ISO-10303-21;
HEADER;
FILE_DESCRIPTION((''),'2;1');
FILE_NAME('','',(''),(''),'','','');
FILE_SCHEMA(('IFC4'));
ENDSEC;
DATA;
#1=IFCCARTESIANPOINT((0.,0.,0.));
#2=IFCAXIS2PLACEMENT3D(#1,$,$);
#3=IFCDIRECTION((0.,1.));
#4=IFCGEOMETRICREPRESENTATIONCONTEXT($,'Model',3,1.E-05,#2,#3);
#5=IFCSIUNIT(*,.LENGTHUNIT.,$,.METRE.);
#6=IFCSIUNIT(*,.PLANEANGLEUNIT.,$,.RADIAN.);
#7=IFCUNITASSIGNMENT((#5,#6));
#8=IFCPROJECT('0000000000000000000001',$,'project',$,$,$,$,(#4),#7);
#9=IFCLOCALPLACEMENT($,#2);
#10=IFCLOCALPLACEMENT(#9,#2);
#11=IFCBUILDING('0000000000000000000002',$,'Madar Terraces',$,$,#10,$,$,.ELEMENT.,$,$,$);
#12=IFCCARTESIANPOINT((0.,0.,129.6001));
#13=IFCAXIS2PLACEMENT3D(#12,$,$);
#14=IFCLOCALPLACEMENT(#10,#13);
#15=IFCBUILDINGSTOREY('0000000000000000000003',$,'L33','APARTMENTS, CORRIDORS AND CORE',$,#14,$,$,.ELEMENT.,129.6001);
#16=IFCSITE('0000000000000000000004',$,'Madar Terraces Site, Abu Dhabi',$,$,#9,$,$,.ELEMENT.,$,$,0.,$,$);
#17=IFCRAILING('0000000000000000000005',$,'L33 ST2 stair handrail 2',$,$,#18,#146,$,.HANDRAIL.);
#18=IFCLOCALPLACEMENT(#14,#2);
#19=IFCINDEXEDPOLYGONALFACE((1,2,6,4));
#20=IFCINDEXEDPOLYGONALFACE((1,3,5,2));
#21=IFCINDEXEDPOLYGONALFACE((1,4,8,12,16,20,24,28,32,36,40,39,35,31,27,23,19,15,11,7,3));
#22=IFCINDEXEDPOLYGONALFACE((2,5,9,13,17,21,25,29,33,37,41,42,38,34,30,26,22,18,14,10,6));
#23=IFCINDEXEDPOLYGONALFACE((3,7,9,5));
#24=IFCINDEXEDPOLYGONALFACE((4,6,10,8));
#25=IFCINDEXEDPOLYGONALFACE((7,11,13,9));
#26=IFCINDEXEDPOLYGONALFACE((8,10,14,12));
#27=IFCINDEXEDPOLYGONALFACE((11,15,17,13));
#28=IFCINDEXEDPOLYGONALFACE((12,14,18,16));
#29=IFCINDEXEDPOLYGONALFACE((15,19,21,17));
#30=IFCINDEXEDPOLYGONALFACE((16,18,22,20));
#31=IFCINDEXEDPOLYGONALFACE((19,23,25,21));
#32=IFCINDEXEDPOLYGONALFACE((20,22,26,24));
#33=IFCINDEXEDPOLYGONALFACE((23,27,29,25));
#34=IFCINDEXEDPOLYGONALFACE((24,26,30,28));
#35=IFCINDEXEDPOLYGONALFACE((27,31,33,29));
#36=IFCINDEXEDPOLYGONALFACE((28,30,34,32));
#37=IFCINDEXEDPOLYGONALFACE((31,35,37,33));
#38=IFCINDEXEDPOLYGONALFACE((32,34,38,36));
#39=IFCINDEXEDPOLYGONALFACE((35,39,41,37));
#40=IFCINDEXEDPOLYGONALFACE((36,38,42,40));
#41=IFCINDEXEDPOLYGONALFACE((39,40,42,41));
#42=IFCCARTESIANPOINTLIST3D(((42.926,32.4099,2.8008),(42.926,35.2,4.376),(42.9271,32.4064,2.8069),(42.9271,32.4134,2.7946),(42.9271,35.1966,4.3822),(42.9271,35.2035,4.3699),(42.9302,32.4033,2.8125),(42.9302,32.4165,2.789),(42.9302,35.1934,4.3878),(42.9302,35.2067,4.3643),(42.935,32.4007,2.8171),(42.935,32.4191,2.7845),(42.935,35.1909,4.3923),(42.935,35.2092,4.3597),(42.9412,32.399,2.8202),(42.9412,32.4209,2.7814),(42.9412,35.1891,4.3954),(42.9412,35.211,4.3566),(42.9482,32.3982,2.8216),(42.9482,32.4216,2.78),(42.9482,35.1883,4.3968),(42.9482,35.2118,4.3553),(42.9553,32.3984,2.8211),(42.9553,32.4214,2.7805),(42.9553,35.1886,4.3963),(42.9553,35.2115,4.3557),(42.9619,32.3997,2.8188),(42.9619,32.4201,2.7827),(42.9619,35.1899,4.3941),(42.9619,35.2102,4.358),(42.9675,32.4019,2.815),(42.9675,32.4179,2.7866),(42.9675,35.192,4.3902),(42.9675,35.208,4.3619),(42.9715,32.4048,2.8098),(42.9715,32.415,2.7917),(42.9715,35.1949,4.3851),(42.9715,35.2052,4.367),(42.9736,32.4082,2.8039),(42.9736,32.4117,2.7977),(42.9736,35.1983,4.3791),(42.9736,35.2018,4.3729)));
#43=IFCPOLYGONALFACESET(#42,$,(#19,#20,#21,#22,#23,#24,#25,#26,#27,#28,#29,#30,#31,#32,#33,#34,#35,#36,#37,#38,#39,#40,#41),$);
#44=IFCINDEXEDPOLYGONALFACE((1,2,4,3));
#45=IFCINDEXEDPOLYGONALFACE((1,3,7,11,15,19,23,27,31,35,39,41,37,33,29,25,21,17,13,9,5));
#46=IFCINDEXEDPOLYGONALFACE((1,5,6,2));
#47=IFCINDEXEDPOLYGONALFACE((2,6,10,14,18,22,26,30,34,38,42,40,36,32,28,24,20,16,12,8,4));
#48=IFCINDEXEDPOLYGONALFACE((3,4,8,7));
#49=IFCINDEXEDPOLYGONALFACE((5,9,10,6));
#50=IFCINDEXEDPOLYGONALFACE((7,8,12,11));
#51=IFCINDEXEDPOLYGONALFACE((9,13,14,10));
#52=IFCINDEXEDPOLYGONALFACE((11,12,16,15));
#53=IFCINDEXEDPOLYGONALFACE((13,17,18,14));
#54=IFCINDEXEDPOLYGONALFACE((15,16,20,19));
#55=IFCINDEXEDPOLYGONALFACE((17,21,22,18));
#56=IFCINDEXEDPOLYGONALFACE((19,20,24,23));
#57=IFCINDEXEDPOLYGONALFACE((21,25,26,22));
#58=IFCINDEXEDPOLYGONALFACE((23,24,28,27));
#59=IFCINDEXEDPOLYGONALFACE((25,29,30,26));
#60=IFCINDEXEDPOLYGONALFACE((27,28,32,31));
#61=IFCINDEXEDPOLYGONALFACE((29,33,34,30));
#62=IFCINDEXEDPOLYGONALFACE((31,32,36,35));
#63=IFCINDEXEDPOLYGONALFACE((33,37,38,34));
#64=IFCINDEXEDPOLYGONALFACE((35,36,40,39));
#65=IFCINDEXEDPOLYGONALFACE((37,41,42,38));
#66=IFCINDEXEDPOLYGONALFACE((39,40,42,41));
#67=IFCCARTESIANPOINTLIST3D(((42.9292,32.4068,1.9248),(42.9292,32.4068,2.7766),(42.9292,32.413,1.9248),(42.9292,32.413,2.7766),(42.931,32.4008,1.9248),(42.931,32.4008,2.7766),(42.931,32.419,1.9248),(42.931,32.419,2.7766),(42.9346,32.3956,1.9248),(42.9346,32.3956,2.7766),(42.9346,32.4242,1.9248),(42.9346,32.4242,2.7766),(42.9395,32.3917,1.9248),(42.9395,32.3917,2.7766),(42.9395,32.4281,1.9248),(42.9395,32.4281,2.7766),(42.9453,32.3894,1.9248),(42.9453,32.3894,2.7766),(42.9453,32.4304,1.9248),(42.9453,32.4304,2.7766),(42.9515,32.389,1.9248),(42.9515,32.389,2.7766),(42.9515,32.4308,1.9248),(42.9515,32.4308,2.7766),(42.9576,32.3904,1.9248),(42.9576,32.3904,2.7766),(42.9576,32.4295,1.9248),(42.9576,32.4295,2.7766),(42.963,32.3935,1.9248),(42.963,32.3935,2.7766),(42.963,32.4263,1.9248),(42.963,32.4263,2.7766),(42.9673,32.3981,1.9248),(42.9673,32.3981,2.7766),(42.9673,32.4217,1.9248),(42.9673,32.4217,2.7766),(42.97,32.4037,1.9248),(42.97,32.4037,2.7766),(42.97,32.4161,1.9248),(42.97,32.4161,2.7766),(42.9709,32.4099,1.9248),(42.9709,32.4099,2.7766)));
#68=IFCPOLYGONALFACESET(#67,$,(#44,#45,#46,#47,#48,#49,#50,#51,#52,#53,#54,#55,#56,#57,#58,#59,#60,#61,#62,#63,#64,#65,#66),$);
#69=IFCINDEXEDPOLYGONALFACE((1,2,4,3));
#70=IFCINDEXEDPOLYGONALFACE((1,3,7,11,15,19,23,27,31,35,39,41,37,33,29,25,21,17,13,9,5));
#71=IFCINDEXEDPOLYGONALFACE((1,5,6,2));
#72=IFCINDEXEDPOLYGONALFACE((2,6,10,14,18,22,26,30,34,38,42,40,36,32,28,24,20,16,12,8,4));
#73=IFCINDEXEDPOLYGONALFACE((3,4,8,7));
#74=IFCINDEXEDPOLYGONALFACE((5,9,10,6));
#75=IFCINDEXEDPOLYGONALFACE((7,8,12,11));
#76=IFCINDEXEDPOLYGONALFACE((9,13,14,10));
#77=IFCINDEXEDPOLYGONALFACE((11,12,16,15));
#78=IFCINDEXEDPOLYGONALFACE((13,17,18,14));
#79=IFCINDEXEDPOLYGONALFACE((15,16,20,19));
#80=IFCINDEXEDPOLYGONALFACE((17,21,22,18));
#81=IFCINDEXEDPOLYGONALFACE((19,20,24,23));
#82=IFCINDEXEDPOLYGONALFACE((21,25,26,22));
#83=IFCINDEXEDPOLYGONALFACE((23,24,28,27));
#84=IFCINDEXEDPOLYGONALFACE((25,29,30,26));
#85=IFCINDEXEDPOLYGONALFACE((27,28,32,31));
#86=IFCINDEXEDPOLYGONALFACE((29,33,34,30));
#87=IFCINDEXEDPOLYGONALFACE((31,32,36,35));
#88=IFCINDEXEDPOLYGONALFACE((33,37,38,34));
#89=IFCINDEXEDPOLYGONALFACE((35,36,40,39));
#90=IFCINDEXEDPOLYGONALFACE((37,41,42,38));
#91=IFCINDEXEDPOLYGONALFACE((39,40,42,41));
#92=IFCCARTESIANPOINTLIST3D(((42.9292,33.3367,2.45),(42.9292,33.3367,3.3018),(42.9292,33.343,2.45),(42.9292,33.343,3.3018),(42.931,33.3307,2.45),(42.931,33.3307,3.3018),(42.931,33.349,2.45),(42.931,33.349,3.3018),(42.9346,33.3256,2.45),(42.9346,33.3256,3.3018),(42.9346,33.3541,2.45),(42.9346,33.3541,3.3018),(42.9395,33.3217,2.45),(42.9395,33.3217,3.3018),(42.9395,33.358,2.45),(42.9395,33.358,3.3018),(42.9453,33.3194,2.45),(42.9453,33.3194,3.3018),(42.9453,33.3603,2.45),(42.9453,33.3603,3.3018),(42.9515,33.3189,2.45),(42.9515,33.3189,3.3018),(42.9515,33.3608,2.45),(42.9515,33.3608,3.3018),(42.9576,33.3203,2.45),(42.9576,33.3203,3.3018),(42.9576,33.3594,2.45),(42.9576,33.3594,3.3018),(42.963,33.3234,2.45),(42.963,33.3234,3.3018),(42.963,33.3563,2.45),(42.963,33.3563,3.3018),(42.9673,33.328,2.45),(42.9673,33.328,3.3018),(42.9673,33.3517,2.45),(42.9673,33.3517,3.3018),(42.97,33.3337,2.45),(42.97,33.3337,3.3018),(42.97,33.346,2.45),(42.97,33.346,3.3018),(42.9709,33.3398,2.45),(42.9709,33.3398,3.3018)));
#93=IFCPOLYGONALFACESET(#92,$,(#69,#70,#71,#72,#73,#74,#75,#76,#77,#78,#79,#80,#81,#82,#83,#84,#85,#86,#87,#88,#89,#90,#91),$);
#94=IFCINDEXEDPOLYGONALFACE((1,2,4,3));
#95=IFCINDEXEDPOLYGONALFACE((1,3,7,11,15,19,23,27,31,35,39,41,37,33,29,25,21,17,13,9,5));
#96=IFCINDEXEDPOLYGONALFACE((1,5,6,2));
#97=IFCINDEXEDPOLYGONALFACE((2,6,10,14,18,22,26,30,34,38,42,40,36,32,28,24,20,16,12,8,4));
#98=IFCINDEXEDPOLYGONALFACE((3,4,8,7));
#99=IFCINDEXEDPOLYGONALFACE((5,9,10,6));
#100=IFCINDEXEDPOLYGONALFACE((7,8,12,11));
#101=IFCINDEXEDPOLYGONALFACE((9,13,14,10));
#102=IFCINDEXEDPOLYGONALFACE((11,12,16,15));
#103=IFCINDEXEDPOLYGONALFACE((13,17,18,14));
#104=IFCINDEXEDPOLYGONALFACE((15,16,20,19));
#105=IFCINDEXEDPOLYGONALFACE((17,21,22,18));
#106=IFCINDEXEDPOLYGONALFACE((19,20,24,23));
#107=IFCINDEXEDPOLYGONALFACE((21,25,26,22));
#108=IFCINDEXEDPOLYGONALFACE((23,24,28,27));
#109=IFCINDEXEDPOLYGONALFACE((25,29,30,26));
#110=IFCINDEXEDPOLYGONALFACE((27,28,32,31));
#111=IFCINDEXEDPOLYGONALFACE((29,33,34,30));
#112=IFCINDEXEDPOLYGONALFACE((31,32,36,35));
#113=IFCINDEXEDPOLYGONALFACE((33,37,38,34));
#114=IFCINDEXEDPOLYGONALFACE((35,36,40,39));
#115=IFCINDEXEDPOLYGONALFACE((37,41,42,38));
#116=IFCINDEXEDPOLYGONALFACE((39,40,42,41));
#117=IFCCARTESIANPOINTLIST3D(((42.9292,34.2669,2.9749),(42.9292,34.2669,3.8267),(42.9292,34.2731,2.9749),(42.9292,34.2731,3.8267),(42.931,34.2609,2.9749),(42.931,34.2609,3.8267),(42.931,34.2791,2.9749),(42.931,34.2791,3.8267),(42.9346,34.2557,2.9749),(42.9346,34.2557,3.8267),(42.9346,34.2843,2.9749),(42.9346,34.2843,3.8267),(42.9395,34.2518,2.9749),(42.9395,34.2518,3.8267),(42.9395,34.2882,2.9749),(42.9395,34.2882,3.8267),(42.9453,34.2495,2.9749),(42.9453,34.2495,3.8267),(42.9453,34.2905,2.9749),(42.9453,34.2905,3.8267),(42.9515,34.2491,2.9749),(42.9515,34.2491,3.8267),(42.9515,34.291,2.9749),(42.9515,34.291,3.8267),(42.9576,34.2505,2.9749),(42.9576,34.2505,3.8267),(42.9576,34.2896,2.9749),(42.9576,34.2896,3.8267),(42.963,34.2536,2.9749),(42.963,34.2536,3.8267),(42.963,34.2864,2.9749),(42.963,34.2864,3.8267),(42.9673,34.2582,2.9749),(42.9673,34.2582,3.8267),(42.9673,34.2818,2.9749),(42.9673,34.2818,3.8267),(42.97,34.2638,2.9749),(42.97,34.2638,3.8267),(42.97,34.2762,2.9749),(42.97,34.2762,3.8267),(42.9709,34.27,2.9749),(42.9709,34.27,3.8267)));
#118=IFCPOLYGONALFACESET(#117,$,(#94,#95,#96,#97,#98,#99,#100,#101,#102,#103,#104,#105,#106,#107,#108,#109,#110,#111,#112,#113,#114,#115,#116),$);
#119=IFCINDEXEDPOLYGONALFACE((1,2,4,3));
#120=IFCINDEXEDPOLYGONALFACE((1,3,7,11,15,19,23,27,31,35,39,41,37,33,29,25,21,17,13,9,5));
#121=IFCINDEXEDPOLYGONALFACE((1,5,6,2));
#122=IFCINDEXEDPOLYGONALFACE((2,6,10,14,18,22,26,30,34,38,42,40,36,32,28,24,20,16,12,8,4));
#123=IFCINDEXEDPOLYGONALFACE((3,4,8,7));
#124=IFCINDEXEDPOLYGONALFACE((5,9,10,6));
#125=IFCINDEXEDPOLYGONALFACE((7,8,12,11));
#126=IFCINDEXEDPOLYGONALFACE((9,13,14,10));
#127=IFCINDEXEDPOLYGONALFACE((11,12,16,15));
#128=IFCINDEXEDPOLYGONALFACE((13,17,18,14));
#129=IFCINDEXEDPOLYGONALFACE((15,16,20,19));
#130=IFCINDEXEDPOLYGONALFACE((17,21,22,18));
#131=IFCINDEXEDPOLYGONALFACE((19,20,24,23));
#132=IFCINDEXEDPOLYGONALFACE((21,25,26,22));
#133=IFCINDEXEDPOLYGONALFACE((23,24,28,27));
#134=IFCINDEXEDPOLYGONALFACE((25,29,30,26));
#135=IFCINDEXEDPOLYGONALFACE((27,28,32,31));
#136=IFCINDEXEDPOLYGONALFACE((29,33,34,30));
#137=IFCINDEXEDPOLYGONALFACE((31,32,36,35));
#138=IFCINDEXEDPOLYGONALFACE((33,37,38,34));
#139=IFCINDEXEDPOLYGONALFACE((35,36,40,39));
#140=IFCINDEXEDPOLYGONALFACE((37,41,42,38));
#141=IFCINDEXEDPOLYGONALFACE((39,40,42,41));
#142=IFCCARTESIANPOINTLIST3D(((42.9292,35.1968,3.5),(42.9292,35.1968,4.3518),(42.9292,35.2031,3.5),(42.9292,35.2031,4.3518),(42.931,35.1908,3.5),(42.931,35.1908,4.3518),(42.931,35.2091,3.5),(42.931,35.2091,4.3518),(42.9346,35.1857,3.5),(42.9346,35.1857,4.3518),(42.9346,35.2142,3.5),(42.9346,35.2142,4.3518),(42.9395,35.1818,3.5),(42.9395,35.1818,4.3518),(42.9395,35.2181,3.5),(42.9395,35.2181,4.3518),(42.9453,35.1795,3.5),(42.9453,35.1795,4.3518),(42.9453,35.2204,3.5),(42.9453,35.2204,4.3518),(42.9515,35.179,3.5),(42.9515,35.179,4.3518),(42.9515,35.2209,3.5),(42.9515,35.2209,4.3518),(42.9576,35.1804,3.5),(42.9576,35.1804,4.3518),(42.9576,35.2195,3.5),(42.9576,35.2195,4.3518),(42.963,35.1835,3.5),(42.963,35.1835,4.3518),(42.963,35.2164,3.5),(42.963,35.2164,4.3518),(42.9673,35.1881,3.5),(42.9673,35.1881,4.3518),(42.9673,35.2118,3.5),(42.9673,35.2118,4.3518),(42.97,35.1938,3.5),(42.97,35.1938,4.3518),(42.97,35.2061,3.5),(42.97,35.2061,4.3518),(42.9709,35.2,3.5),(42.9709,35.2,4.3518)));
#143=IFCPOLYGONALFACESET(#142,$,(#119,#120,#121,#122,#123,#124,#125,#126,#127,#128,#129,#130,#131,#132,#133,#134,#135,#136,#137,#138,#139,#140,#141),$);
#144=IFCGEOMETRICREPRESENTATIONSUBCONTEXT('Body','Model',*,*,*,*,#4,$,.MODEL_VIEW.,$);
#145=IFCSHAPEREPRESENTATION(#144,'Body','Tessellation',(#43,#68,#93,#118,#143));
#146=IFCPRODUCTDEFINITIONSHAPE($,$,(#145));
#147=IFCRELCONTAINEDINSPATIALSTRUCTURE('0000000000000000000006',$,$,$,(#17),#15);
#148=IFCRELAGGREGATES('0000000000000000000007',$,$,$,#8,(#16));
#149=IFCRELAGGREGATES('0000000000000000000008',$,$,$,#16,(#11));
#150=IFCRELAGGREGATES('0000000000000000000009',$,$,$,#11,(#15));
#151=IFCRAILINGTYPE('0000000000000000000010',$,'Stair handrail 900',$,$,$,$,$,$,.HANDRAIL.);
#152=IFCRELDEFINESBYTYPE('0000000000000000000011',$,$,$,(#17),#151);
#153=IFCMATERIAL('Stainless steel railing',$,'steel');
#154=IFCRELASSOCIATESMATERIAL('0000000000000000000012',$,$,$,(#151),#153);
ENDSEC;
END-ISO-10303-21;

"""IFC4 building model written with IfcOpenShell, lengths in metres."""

from ifc_helpers import new_model, si_unit, direction, frame, origin, origin_2d, place, context, subcontext, project, spatial, circle, extrude, material, type_object, element, save


model = new_model("IFC4")

# Units and contexts
model_context = context("Model", 3, precision=1e-05, world=origin(), true_north=direction((0.0, 1.0)))
body_context = subcontext(model_context, "Body", "Model", "MODEL_VIEW")
ifc_project = project(units=[si_unit("LENGTHUNIT", "METRE"), si_unit("PLANEANGLEUNIT", "RADIAN")], contexts=[model_context])

# Site, building, storey
site_placement = place(None, origin())
site = spatial("IfcSite", under=ifc_project, at=site_placement, Name="Madar Terraces Site, Abu Dhabi", CompositionType="ELEMENT", RefElevation=0.0)
building_placement = place(site_placement, origin())
building = spatial("IfcBuilding", under=site, at=building_placement, Name="Madar Terraces", CompositionType="ELEMENT")
storey_placement = place(building_placement, frame((0.0, 0.0, 129.6001)))
storey = spatial("IfcBuildingStorey", under=building, at=storey_placement, Name="L33", Description="APARTMENTS, CORRIDORS AND CORE", CompositionType="ELEMENT", Elevation=129.6001)

# Railing
ifc_material_1 = material(Name="Stainless steel railing", Category="steel")
railing_type_1 = type_object("IfcRailingType", Name="Stair handrail 900", PredefinedType="HANDRAIL", material=ifc_material_1)
railing_1_placement = place(storey_placement, frame((42.95, 32.4099, 1.9248)))
element("IfcRailing", 1, at=railing_1_placement, inside=storey, type_object=railing_type_1, Name="L33 ST2 stair handrail 2", PredefinedType="HANDRAIL", context=body_context, shape_type="SweptSolid", body=[
    extrude(circle(Radius=0.0239, at=origin_2d()), frame((0.0, 0.0, 0.876), z_axis=(0.0, 0.870801, 0.491635), x_axis=(-1.0, 0.0, 0.0)), (0.0, 0.0, 1.0), 3.2041),
    extrude(circle(Radius=0.021, at=origin_2d()), origin(), (0.0, 0.0, 1.0), 0.8518),
    extrude(circle(Radius=0.021, at=origin_2d()), frame((0.0, 0.9299, 0.5251)), (0.0, 0.0, 1.0), 0.8518),
    extrude(circle(Radius=0.021, at=origin_2d()), frame((0.0, 1.8601, 1.05)), (0.0, 0.0, 1.0), 0.8518),
    extrude(circle(Radius=0.021, at=origin_2d()), frame((0.0, 2.79, 1.5752)), (0.0, 0.0, 1.0), 0.8518),
])

save(model, "model.ifc")
